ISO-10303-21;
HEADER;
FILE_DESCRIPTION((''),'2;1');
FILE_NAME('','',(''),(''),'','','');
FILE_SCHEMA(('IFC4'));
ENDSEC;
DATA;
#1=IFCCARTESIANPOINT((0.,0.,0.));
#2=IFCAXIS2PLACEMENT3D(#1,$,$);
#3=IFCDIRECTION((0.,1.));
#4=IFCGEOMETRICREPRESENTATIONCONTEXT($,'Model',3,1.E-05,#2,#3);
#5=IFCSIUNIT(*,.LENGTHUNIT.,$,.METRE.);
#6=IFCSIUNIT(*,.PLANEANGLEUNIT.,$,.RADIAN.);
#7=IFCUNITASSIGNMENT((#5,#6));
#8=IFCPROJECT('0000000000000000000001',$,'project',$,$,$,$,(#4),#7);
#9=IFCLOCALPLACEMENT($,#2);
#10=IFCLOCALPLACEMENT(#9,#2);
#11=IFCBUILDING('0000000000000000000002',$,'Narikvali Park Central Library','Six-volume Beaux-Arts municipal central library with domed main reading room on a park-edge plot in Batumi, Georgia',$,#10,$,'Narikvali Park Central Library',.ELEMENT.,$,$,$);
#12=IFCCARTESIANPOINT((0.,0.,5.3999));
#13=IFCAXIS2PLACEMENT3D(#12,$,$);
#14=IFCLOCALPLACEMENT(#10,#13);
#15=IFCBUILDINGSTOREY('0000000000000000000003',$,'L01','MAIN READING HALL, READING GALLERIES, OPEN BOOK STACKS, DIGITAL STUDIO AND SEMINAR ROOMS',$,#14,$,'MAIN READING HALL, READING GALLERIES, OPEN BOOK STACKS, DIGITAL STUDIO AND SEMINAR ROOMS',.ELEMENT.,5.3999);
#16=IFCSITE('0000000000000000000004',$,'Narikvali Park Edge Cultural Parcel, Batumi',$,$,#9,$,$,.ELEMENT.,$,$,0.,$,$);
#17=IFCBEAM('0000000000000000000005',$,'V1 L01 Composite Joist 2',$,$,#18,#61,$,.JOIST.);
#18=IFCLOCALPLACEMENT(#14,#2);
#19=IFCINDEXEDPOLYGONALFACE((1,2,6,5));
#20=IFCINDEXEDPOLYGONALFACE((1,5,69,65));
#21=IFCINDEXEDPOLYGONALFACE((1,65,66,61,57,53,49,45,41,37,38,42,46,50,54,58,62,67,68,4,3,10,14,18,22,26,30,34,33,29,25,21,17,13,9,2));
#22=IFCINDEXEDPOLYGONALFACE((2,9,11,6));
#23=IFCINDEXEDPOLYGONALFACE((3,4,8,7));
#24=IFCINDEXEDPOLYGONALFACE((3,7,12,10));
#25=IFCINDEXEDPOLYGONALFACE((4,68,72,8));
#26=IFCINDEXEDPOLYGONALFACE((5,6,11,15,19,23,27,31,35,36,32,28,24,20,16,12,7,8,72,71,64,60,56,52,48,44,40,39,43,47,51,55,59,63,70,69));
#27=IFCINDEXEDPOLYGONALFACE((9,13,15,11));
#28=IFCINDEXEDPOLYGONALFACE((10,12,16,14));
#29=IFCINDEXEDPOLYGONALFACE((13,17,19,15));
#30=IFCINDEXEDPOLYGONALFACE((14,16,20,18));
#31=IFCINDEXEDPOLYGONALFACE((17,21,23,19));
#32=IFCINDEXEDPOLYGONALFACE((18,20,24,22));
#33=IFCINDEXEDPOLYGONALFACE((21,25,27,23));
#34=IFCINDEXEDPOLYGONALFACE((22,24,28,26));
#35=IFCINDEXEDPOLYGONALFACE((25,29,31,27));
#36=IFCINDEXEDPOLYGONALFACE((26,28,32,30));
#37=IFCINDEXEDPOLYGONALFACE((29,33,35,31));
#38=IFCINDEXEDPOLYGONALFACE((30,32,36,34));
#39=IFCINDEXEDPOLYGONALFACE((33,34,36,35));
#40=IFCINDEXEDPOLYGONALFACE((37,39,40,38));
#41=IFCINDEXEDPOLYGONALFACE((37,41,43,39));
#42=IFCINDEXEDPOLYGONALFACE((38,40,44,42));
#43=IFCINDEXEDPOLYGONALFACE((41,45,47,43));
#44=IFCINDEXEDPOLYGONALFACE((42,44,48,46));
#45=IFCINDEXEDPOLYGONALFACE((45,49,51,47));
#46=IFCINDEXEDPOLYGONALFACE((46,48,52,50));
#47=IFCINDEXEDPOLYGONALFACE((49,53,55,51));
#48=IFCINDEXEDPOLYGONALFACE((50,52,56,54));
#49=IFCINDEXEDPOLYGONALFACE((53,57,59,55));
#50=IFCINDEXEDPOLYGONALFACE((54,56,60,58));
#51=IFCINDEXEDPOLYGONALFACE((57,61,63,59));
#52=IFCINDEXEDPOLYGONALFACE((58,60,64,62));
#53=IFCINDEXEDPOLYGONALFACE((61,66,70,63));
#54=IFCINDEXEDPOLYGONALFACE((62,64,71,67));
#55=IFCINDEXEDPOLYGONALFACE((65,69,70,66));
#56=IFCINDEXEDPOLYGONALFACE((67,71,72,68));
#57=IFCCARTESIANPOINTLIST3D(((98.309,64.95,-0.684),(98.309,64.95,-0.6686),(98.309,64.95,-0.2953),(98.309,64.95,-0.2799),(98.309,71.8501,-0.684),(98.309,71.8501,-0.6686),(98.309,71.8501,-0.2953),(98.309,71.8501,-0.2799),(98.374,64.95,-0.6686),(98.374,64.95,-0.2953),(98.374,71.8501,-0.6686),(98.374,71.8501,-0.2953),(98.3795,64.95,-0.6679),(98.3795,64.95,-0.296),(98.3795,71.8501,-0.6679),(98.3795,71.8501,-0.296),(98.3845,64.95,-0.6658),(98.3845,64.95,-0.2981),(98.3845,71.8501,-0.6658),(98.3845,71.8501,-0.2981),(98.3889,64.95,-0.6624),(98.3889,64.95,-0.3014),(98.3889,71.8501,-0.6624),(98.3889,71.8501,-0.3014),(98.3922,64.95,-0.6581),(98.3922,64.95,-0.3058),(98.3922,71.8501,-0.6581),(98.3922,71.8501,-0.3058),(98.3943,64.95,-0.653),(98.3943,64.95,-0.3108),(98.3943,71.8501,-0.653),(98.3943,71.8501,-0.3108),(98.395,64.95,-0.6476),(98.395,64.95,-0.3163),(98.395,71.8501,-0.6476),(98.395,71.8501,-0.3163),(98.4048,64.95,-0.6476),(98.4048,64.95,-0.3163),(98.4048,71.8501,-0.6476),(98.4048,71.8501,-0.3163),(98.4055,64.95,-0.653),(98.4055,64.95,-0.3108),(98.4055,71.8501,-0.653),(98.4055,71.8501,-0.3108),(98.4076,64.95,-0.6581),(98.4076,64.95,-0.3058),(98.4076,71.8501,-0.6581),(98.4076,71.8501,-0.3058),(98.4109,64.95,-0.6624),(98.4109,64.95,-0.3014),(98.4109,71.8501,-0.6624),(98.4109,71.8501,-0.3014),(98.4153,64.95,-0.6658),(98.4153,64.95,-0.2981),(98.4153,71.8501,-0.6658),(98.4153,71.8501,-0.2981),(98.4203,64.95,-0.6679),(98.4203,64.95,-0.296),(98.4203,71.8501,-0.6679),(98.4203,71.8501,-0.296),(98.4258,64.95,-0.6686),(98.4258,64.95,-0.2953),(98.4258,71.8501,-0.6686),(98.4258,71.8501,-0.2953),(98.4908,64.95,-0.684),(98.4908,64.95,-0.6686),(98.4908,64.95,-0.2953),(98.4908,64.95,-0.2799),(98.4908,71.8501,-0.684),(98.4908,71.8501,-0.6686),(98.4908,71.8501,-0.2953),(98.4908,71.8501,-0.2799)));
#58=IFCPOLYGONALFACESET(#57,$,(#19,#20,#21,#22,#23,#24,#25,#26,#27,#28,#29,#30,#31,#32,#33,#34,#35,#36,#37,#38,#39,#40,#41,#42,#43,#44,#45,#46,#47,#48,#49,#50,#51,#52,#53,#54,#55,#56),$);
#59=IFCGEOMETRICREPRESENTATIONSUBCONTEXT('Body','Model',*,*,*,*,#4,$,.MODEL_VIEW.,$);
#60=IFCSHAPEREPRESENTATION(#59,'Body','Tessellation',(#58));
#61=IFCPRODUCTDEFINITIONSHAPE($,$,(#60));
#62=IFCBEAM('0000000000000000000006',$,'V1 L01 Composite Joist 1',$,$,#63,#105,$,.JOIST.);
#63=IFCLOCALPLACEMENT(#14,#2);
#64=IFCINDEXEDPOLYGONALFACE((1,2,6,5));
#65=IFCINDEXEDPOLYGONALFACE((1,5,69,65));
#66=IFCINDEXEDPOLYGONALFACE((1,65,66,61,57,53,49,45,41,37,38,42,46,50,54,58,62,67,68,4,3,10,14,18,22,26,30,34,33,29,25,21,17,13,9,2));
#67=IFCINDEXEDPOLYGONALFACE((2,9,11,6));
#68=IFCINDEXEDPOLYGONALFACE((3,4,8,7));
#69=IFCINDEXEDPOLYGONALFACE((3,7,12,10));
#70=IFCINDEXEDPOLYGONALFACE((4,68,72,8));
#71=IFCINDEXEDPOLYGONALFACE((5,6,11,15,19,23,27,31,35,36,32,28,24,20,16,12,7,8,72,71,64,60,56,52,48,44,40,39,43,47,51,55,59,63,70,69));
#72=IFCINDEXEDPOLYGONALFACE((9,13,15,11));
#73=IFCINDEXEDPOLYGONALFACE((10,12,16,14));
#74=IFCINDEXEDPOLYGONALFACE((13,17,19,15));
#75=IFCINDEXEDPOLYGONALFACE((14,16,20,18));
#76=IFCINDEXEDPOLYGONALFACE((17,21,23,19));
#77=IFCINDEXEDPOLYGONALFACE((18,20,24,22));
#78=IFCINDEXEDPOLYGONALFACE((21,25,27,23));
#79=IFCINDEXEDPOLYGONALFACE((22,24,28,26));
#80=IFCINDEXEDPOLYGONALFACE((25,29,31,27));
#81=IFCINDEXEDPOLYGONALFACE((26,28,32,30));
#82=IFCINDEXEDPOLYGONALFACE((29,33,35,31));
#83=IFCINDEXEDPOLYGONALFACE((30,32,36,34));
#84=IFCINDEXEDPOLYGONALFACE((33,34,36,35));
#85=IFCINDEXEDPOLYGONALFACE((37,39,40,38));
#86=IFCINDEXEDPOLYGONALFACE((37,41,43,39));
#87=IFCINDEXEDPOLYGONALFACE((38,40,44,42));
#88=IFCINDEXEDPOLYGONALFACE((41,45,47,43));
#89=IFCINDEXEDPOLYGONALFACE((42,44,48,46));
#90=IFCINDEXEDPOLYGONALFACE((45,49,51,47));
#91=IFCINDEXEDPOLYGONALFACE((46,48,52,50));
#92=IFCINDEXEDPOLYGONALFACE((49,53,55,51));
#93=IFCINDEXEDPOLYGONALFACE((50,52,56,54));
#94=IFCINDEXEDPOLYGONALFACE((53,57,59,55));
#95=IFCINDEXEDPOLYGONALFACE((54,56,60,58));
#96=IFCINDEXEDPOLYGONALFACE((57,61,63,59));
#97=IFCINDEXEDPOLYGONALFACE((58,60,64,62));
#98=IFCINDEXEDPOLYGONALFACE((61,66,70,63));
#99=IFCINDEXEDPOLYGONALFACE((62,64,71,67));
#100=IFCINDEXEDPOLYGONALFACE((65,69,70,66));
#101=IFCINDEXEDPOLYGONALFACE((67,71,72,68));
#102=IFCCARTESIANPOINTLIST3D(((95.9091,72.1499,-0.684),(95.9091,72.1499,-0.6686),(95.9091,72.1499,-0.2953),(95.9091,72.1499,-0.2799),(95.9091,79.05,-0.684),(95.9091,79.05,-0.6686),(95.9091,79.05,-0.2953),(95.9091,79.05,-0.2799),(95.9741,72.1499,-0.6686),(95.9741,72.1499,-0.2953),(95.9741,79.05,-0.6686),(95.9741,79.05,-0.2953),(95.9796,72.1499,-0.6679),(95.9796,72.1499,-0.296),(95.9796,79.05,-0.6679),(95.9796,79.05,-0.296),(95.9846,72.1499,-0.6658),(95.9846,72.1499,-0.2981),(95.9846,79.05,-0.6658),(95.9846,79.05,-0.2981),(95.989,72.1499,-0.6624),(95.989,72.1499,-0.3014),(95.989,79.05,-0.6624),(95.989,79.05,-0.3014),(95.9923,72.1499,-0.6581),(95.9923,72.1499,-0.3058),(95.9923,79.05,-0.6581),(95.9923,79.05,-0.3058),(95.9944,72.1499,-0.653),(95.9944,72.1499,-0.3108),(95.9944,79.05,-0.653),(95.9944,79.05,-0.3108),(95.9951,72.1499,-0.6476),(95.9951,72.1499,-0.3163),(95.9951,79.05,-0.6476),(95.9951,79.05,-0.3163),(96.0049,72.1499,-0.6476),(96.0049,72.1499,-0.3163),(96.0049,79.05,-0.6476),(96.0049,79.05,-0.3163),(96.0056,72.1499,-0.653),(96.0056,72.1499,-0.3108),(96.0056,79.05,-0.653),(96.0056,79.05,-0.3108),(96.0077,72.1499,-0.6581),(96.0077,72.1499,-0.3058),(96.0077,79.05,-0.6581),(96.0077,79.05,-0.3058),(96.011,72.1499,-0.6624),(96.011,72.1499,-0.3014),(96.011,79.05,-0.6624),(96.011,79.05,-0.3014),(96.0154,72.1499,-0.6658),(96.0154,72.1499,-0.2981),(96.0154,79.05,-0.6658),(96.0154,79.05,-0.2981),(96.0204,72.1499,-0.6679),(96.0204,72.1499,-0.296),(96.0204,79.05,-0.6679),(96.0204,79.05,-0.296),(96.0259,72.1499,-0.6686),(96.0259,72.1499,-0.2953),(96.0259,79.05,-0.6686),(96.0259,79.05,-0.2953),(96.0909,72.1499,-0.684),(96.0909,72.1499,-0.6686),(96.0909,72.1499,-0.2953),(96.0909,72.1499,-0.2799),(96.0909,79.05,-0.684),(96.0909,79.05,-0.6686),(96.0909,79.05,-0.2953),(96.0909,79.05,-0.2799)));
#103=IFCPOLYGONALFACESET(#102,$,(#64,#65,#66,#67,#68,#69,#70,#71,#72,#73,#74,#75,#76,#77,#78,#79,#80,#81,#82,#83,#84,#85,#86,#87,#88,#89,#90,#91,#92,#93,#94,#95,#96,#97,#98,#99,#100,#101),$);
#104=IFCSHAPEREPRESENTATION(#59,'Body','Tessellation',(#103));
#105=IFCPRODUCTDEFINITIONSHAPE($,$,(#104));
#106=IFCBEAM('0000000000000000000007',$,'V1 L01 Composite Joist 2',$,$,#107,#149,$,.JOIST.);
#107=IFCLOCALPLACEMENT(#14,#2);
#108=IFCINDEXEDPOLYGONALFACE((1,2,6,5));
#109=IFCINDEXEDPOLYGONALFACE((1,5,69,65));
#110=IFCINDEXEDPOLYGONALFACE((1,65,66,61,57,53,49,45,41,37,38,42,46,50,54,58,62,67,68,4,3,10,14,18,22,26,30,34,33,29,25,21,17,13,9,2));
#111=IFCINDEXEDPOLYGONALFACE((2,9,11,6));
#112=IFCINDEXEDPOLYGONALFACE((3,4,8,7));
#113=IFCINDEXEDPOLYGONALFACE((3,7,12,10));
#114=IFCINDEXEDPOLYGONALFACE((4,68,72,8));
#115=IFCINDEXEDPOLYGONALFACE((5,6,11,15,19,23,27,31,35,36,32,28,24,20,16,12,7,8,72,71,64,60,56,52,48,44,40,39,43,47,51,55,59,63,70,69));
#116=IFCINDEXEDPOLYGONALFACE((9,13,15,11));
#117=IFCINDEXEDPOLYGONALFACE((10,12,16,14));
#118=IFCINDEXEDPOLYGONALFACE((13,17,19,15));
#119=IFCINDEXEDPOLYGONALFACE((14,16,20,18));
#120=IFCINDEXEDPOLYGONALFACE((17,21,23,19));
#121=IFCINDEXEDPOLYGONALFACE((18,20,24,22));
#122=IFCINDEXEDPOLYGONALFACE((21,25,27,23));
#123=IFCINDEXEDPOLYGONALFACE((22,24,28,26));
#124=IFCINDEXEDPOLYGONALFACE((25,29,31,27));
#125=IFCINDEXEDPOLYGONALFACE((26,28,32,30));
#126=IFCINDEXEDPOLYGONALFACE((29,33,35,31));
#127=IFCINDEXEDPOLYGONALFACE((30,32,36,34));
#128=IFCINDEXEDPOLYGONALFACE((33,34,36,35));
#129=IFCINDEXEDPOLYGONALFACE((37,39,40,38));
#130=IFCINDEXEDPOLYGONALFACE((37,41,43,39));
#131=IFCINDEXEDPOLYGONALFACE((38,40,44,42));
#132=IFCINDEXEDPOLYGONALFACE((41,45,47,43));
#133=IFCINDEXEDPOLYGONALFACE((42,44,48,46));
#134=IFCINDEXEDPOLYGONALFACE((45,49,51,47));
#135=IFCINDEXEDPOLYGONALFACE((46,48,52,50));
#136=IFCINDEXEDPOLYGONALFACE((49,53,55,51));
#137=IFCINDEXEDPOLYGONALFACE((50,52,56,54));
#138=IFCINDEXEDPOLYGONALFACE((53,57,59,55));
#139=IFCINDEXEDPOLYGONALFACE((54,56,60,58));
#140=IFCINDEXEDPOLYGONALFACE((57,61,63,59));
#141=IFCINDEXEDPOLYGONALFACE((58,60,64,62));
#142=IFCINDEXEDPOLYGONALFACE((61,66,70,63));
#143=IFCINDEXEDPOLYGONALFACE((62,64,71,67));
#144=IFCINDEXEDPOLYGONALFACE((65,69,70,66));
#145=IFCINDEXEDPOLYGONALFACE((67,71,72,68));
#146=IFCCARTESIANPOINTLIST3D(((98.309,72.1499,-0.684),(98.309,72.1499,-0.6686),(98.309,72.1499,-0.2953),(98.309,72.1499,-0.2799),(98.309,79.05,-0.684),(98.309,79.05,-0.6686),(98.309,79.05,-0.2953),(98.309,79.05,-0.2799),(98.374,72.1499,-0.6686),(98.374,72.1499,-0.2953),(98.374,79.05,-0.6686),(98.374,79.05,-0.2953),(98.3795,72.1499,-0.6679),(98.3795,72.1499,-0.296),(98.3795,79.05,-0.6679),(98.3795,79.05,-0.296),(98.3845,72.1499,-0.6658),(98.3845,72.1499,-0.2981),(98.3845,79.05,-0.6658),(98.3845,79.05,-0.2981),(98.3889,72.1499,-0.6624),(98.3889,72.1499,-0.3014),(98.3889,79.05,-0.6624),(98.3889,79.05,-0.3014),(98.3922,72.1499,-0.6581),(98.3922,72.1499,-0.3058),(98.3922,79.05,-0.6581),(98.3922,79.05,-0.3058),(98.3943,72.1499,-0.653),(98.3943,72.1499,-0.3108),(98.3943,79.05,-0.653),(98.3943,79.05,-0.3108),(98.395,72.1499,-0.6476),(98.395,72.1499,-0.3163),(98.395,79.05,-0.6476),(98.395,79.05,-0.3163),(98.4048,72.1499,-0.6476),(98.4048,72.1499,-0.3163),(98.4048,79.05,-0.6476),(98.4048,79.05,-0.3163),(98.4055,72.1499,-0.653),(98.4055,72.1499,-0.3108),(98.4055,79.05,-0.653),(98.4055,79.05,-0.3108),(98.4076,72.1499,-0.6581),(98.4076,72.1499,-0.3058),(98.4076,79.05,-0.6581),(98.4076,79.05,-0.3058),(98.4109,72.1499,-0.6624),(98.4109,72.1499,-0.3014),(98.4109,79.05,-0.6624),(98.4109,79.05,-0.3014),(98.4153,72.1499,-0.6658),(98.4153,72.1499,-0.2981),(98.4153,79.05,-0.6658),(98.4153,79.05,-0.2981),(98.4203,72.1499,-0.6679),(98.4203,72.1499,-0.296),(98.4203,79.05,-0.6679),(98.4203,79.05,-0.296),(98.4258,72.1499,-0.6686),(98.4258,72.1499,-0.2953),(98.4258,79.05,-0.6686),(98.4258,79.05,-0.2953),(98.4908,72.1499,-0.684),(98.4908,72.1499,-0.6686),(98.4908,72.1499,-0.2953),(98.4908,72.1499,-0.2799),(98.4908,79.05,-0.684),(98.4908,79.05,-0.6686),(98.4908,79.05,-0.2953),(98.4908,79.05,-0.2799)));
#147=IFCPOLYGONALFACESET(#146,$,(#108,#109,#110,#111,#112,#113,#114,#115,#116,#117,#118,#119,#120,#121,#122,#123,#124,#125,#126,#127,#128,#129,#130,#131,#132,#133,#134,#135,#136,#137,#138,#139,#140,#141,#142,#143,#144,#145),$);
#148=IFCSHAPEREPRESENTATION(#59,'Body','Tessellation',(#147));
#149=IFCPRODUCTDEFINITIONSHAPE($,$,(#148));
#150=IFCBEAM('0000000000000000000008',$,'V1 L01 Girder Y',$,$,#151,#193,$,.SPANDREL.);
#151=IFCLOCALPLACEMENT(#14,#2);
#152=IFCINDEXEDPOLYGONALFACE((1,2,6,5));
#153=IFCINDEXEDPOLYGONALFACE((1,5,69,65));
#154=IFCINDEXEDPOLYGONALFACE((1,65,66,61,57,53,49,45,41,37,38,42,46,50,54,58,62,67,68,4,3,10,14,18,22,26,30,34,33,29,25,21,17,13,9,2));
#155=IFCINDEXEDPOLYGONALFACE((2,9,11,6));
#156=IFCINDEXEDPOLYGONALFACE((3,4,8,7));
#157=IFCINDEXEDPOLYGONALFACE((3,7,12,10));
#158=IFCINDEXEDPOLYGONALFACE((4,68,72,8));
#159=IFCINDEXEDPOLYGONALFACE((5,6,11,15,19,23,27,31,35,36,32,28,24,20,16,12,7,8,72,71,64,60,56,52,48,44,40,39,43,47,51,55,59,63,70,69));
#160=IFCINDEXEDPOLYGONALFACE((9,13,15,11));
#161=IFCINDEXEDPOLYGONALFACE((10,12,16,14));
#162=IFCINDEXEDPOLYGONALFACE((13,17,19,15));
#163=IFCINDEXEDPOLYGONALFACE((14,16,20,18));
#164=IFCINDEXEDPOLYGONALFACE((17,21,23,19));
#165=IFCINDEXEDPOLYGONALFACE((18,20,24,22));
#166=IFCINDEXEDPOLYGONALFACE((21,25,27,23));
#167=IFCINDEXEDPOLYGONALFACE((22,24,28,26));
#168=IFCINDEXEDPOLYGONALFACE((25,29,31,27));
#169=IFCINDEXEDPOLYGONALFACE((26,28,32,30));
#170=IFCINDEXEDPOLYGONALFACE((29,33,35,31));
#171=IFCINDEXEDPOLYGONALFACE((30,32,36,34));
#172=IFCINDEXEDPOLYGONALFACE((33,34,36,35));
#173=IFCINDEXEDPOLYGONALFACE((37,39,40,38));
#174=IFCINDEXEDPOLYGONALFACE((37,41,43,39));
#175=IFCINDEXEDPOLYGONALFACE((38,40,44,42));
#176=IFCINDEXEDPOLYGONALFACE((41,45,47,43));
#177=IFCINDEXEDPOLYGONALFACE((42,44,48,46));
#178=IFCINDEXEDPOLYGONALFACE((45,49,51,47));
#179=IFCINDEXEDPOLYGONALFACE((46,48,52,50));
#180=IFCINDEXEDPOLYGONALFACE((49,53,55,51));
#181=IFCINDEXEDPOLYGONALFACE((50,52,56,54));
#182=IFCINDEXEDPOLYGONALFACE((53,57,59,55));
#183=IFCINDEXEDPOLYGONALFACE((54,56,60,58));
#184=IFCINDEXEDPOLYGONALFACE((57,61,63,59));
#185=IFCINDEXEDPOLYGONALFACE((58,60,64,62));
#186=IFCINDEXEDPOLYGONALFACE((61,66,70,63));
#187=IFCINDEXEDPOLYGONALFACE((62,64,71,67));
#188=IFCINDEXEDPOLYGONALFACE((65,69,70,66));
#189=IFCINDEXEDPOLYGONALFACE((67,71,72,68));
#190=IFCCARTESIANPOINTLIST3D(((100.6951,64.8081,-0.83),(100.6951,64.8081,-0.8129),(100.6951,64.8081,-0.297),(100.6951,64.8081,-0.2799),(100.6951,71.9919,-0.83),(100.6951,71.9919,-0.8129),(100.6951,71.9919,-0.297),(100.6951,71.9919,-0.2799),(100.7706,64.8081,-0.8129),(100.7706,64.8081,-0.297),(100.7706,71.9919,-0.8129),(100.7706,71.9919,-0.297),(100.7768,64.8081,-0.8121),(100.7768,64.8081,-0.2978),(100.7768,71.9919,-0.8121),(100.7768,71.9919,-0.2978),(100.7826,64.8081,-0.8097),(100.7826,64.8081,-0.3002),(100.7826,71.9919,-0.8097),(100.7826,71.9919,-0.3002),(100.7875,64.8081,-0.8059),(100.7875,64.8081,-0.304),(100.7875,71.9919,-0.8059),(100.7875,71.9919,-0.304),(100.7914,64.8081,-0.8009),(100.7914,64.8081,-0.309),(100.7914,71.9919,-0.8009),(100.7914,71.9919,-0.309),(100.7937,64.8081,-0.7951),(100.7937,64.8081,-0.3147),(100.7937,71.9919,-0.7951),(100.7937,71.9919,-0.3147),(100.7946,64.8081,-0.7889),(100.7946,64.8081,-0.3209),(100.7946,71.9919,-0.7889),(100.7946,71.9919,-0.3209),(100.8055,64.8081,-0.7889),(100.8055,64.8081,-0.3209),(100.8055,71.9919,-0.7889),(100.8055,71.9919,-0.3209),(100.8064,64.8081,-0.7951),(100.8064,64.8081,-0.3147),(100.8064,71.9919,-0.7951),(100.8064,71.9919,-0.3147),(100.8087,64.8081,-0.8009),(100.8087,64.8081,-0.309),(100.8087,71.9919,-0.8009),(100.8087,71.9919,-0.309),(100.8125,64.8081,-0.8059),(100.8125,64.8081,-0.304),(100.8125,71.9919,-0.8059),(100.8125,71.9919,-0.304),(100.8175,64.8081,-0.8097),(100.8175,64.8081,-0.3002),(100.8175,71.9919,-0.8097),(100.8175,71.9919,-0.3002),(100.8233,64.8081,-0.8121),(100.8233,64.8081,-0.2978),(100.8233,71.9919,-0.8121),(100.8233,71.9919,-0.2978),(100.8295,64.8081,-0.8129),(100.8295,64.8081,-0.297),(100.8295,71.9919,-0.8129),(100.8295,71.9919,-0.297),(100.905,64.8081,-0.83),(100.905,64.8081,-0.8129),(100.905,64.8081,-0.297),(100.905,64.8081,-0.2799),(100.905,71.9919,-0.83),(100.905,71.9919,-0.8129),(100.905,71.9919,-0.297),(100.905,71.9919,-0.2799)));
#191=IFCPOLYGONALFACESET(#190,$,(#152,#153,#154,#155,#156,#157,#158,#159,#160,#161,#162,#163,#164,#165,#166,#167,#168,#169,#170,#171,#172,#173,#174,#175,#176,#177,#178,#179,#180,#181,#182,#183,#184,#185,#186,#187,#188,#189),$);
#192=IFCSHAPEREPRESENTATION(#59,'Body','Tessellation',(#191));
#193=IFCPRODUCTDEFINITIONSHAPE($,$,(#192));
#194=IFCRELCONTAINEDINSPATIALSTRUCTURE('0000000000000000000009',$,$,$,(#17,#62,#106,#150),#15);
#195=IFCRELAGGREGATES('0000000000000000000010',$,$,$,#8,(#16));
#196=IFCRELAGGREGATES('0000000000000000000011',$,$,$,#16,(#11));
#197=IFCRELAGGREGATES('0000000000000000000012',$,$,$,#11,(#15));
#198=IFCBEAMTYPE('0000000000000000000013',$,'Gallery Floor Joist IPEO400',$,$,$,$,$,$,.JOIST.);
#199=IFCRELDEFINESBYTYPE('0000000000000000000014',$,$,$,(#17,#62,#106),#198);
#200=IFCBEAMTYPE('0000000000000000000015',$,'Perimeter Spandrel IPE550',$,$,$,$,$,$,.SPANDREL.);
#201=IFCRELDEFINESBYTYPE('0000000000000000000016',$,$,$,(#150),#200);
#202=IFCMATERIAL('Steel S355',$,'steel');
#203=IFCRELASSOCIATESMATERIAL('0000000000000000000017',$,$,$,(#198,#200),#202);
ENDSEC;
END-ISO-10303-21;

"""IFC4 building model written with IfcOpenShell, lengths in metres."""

from ifc_helpers import new_model, si_unit, direction, frame, origin, origin_2d, place, context, subcontext, project, spatial, i_section, extrude, material, material_profile, profile_set, type_object, element, save


model = new_model("IFC4")

# Units and contexts
model_context = context("Model", 3, precision=1e-05, world=origin(), true_north=direction((0.0, 1.0)))
body_context = subcontext(model_context, "Body", "Model", "MODEL_VIEW")
ifc_project = project(units=[si_unit("LENGTHUNIT", "METRE"), si_unit("PLANEANGLEUNIT", "RADIAN")], contexts=[model_context])

# Site, building, storey
site_placement = place(None, origin())
site = spatial("IfcSite", under=ifc_project, at=site_placement, Name="Narikvali Park Edge Cultural Parcel, Batumi", CompositionType="ELEMENT", RefElevation=0.0)
building_placement = place(site_placement, origin())
building = spatial("IfcBuilding", under=site, at=building_placement, Name="Narikvali Park Central Library", Description="Six-volume Beaux-Arts municipal central library with domed main reading room on a park-edge plot in Batumi, Georgia", LongName="Narikvali Park Central Library", CompositionType="ELEMENT")
storey_placement = place(building_placement, frame((0.0, 0.0, 5.3999)))
storey = spatial("IfcBuildingStorey", under=building, at=storey_placement, Name="L01", Description="MAIN READING HALL, READING GALLERIES, OPEN BOOK STACKS, DIGITAL STUDIO AND SEMINAR ROOMS", LongName="MAIN READING HALL, READING GALLERIES, OPEN BOOK STACKS, DIGITAL STUDIO AND SEMINAR ROOMS", CompositionType="ELEMENT", Elevation=5.3999)

# Shared definitions
ifc_material_1 = material(Name="Steel S355", Category="steel")

# Beams
ifc_material_profile_1 = material_profile(ifc_material_1, i_section(OverallWidth=0.1819, OverallDepth=0.4041, WebThickness=0.0098, FlangeThickness=0.0154, FilletRadius=0.021, at=origin_2d()), Name="IPEO 400")
ifc_profile_set_1 = profile_set([ifc_material_profile_1], Name="Steel S355")
beam_type_1 = type_object("IfcBeamType", Name="Gallery Floor Joist IPEO400", PredefinedType="JOIST", material=ifc_profile_set_1)
for number, where, z_axis, x_axis, name in (
    (1, (98.3999, 64.95, -0.4819), (0.0, 1.0, 0.0), (-1.0, 0.0, 0.0), "V1 L01 Composite Joist 2"),
    (2, (96.0, 72.1499, -0.4819), (0.0, 1.0, 0.0), (-1.0, 0.0, 0.0), "V1 L01 Composite Joist 1"),
    (3, (98.3999, 72.1499, -0.4819), (0.0, 1.0, 0.0), (-1.0, 0.0, 0.0), "V1 L01 Composite Joist 2"),
):
    element("IfcBeam", number, at=place(storey_placement, frame(where, z_axis=z_axis, x_axis=x_axis)), inside=storey, type_object=beam_type_1, Name=name, PredefinedType="JOIST", context=body_context, shape_type="SweptSolid", body=[
        extrude(i_section(OverallWidth=0.1819, OverallDepth=0.4041, WebThickness=0.0098, FlangeThickness=0.0154, FilletRadius=0.021, at=origin_2d()), origin(), (0.0, 0.0, 1.0), 6.9001),
    ])
ifc_material_profile_2 = material_profile(ifc_material_1, i_section(OverallWidth=0.21, OverallDepth=0.55, WebThickness=0.011, FlangeThickness=0.0171, FilletRadius=0.0239, at=origin_2d()), Name="IPE 550")
ifc_profile_set_2 = profile_set([ifc_material_profile_2], Name="Steel S355")
beam_type_2 = type_object("IfcBeamType", Name="Perimeter Spandrel IPE550", PredefinedType="SPANDREL", material=ifc_profile_set_2)
beam_placement = place(storey_placement, frame((100.8, 64.8081, -0.5549), z_axis=(0.0, 1.0, 0.0), x_axis=(-1.0, 0.0, 0.0)))
element("IfcBeam", 4, at=beam_placement, inside=storey, type_object=beam_type_2, Name="V1 L01 Girder Y", PredefinedType="SPANDREL", context=body_context, shape_type="SweptSolid", body=[
    extrude(i_section(OverallWidth=0.21, OverallDepth=0.55, WebThickness=0.011, FlangeThickness=0.0171, FilletRadius=0.0239, at=origin_2d()), origin(), (0.0, 0.0, 1.0), 7.1838),
])

save(model, "model.ifc")
